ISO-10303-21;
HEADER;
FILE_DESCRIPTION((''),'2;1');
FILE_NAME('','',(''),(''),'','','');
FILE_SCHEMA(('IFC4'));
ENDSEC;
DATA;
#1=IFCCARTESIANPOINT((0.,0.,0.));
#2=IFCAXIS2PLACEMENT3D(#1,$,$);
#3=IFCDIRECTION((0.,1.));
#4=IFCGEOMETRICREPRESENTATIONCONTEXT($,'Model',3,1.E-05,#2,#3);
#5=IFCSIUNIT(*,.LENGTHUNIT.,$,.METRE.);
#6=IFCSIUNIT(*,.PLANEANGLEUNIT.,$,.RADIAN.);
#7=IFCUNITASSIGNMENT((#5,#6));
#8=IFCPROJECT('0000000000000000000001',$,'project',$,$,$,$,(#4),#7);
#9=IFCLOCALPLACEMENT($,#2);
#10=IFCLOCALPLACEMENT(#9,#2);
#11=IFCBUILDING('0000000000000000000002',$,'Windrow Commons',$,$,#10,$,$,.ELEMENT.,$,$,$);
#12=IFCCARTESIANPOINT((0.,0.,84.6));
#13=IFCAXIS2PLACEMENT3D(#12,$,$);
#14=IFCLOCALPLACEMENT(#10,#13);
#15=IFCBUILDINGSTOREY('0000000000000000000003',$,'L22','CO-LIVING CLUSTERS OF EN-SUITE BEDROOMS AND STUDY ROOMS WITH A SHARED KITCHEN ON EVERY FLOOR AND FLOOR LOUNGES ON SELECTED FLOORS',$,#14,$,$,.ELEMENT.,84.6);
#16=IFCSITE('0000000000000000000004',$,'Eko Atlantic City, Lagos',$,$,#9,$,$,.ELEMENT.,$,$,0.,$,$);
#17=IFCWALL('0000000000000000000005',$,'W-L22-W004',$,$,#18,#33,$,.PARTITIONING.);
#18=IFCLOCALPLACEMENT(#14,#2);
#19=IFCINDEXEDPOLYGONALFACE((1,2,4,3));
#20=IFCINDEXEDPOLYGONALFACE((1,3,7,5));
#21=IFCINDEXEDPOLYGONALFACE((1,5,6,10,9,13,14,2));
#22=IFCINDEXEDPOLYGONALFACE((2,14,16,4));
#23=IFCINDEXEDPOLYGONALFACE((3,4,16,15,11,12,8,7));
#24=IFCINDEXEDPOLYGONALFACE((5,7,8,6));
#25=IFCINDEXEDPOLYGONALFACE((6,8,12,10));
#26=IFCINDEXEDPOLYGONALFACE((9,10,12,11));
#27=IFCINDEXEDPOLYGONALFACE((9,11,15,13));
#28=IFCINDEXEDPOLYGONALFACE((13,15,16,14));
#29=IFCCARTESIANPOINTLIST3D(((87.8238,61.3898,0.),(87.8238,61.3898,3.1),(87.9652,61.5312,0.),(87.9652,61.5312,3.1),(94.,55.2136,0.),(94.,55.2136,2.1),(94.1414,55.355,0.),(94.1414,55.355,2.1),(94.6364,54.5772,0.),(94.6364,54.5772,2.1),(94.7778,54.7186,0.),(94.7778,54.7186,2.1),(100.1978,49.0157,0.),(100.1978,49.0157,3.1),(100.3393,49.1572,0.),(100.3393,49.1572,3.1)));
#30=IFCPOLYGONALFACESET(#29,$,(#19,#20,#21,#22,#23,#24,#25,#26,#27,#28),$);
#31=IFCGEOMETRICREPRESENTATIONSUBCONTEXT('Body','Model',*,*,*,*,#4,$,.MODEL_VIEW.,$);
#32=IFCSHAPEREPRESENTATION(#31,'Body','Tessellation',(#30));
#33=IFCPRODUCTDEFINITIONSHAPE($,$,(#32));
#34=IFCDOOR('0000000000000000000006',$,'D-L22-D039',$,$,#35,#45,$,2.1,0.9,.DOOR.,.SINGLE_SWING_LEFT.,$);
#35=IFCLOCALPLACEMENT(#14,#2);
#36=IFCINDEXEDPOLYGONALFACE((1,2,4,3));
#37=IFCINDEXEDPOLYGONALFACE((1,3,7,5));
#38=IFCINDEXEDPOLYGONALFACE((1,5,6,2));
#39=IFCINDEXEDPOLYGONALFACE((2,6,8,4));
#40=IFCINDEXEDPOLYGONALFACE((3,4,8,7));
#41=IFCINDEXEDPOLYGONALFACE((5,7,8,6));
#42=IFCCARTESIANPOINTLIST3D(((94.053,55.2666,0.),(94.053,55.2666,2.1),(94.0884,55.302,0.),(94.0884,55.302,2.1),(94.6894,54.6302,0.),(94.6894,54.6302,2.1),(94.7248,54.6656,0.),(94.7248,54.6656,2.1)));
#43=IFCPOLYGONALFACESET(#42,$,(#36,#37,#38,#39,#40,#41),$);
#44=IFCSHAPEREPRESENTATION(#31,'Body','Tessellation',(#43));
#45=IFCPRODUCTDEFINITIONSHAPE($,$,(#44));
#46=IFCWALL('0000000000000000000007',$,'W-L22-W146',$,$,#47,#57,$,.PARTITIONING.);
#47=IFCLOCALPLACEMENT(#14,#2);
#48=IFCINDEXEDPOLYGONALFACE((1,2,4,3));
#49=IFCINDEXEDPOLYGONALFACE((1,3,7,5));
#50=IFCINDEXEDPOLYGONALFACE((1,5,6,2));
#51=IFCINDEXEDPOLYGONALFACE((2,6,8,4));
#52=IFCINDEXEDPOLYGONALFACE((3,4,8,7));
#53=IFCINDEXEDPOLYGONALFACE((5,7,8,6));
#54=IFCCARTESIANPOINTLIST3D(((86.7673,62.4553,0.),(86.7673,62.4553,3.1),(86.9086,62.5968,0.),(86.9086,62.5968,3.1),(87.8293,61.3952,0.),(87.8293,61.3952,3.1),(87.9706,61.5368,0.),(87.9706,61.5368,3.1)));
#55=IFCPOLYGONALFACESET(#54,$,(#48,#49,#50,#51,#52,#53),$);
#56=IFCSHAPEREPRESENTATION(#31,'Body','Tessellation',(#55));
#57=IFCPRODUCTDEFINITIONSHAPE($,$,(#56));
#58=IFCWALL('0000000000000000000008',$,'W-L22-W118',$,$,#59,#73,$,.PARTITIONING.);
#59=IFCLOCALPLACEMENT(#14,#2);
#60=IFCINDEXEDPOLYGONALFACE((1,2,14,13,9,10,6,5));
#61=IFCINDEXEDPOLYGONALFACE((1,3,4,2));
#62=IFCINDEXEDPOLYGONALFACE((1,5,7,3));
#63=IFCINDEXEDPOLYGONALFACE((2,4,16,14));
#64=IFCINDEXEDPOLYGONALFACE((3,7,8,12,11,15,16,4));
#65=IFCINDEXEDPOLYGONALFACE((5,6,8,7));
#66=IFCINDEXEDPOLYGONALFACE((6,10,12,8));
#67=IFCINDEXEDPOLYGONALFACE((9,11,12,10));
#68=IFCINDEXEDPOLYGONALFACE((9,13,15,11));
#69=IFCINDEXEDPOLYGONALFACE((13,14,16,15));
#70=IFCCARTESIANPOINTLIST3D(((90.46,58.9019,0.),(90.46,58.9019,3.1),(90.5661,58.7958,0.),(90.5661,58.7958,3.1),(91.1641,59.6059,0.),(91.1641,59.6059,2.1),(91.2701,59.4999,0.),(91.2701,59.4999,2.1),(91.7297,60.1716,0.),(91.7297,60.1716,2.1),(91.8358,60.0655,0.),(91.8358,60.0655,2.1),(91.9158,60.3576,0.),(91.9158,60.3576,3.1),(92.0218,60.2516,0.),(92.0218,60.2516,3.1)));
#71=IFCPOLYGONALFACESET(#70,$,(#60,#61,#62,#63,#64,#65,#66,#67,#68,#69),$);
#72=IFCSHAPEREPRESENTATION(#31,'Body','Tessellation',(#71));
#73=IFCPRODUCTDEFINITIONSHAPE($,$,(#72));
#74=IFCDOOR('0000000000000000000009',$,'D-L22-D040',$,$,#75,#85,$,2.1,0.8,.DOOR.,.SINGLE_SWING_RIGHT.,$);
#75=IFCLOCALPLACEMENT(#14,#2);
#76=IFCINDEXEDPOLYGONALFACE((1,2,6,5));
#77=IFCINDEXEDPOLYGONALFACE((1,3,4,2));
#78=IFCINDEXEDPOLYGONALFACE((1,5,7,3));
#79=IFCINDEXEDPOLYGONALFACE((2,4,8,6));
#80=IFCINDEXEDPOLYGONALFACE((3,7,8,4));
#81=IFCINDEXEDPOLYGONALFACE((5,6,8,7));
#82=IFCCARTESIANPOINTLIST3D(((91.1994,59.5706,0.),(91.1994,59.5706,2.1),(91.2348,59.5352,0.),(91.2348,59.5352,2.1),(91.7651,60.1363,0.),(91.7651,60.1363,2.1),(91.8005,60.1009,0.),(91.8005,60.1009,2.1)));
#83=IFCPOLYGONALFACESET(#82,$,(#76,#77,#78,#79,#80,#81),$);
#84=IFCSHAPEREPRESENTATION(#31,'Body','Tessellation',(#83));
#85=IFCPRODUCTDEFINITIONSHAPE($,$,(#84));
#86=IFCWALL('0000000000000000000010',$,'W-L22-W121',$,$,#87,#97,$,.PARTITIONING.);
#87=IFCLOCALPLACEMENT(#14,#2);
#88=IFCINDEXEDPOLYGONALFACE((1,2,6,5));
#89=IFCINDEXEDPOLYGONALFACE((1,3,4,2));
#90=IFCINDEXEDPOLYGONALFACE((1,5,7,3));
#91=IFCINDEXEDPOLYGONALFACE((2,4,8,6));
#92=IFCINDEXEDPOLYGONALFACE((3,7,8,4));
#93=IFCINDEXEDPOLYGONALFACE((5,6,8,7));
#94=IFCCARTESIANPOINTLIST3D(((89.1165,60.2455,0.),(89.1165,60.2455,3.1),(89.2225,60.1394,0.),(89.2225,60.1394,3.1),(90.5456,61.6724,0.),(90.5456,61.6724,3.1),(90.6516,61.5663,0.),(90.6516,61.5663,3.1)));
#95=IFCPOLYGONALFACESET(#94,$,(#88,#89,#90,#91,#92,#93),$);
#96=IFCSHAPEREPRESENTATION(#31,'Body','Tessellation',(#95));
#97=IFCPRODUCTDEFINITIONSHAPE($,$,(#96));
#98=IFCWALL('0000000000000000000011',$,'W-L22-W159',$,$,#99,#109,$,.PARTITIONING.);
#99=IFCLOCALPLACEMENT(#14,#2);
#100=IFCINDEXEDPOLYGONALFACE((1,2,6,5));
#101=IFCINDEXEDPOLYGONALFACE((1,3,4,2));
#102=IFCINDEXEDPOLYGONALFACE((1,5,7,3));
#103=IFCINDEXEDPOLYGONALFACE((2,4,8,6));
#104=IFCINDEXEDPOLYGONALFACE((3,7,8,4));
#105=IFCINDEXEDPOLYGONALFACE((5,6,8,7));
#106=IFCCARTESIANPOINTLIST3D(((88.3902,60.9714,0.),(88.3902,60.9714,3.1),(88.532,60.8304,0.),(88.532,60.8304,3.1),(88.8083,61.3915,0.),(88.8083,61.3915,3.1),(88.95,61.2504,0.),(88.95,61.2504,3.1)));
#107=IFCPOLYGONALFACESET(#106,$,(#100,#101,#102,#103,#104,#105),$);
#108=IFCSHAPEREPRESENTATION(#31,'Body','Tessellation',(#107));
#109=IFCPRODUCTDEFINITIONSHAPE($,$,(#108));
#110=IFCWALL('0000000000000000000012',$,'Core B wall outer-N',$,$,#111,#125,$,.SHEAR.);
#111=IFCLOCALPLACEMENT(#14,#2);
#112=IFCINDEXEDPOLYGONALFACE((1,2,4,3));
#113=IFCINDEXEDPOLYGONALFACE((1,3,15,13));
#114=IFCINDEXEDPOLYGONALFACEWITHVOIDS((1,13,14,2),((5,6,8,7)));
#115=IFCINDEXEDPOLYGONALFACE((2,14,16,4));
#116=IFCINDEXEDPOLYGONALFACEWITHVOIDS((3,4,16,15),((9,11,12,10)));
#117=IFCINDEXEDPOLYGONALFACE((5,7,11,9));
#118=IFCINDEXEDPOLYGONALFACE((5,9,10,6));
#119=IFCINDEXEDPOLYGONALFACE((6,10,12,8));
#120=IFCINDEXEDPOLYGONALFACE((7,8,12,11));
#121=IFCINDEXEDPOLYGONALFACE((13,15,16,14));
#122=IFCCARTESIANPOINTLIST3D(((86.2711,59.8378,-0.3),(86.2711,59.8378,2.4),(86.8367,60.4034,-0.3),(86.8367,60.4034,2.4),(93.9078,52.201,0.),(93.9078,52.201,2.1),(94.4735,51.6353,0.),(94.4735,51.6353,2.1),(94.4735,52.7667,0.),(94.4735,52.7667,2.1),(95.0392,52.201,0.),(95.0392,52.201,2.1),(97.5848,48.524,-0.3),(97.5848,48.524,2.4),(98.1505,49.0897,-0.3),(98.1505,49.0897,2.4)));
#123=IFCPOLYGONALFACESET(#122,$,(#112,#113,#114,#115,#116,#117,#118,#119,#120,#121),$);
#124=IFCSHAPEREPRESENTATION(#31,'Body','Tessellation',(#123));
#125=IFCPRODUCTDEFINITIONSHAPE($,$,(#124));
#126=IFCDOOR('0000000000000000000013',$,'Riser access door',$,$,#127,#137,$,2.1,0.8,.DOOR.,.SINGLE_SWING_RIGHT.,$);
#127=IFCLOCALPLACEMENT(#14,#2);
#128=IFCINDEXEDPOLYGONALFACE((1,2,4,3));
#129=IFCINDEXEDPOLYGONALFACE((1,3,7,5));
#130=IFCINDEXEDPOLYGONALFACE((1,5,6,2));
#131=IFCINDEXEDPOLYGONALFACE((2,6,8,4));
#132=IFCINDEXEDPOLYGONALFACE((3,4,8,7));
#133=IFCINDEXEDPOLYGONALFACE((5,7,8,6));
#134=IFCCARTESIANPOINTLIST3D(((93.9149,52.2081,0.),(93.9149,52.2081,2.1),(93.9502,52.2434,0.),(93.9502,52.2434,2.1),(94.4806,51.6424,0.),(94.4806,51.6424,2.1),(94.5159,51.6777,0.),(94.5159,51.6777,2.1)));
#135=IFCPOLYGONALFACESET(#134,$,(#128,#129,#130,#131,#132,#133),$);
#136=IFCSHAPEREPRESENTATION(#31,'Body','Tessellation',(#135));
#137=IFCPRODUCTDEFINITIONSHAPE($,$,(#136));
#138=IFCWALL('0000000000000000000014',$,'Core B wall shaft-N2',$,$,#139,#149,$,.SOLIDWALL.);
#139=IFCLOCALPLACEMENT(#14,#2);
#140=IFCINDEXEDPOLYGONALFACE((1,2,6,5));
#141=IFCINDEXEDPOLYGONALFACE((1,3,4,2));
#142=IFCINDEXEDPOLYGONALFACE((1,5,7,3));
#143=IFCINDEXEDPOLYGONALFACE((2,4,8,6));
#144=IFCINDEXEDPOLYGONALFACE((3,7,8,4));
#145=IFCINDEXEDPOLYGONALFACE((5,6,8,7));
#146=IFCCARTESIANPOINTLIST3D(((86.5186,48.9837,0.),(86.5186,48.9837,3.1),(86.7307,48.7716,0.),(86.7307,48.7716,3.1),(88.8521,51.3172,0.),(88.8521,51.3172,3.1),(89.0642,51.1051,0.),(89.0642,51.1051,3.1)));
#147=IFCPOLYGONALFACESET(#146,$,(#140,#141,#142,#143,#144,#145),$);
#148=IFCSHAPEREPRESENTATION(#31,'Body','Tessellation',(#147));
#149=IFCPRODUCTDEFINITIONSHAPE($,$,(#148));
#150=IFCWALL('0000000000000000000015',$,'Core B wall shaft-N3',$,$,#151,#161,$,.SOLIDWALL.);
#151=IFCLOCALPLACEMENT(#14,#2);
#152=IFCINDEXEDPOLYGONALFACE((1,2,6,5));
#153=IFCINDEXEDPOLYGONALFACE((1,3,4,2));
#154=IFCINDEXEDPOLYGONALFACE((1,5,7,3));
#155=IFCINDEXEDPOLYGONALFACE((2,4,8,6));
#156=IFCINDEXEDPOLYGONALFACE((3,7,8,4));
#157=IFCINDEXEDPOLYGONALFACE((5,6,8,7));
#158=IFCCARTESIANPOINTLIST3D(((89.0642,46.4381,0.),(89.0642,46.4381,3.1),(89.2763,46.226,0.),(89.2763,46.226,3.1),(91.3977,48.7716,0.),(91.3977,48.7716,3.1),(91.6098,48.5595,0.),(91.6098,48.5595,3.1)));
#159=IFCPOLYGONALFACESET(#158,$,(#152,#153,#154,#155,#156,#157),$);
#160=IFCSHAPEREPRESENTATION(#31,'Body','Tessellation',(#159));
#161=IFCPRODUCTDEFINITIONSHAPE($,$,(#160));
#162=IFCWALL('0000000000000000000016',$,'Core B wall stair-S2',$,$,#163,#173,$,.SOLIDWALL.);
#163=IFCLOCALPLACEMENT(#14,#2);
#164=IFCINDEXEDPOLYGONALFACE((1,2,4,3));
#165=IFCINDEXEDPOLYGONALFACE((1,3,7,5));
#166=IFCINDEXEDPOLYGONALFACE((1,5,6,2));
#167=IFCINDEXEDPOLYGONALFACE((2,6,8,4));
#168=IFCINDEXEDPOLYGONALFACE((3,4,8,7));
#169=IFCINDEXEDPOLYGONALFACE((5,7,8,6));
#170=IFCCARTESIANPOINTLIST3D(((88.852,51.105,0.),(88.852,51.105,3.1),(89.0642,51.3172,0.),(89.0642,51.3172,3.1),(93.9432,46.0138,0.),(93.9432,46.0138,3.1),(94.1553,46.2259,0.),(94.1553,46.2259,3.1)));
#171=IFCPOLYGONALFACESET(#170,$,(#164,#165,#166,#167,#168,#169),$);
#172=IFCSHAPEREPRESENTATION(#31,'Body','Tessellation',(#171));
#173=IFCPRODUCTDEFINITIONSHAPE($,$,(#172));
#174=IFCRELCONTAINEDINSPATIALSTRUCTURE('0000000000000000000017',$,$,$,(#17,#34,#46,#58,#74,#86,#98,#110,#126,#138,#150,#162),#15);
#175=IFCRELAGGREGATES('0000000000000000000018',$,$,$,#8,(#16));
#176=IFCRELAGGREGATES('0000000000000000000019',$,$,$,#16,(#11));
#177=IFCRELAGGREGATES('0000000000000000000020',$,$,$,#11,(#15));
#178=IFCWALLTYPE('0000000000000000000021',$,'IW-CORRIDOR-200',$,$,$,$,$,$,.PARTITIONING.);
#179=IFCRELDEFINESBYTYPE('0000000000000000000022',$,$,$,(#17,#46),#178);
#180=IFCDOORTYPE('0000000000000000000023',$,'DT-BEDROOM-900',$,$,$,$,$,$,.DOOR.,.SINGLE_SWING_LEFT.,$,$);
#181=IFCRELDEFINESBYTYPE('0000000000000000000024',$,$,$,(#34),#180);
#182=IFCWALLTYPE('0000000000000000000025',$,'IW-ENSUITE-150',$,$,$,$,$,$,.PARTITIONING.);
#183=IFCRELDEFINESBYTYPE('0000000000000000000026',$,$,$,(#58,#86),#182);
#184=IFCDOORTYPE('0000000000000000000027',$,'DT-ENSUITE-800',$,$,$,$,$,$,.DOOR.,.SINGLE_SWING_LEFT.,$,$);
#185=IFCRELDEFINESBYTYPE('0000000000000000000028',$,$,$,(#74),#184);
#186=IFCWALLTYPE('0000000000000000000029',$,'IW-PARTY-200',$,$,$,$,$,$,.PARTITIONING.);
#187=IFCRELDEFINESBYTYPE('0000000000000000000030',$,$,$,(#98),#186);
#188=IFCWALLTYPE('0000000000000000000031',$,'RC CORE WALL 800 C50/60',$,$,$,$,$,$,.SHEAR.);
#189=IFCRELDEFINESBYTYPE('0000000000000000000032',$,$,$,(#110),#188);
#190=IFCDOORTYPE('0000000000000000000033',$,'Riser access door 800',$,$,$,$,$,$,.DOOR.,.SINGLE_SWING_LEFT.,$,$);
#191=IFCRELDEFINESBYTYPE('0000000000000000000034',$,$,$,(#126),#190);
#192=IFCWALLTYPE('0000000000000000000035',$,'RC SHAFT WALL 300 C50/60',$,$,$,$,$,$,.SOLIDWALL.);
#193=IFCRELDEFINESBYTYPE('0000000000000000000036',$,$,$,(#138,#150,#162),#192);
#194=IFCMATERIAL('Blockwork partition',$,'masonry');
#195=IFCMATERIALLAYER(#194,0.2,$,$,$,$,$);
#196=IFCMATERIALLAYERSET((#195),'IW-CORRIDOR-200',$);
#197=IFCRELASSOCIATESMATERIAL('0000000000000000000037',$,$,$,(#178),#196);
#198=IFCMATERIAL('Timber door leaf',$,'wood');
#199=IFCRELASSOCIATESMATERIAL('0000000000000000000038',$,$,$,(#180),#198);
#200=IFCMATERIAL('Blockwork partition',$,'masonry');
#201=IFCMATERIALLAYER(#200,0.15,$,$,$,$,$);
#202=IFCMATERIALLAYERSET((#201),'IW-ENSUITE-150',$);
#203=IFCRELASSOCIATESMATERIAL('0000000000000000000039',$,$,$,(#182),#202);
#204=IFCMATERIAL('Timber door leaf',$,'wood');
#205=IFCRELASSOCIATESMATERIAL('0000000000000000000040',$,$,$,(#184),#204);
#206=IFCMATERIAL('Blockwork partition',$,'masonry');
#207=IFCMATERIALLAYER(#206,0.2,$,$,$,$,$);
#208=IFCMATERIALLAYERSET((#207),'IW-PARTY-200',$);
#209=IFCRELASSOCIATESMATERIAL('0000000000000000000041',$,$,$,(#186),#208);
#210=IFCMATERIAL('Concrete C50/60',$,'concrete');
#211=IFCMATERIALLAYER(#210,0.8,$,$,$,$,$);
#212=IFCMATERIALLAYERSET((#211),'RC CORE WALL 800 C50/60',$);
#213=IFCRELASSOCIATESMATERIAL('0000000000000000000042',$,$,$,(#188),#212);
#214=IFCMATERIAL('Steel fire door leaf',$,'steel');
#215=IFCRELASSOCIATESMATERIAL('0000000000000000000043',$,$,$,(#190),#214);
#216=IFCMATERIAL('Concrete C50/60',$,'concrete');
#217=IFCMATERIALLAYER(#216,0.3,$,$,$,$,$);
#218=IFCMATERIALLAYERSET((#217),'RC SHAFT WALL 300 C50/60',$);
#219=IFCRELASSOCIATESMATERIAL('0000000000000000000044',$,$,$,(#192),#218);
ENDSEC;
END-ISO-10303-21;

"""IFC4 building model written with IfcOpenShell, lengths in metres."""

from ifc_helpers import new_model, si_unit, direction, frame, frame_2d, origin, place, context, subcontext, project, spatial, rectangle, extrude, material, layer, layer_set, type_object, element, fill, save


model = new_model("IFC4")

# Units and contexts
model_context = context("Model", 3, precision=1e-05, world=origin(), true_north=direction((0.0, 1.0)))
body_context = subcontext(model_context, "Body", "Model", "MODEL_VIEW")
ifc_project = project(units=[si_unit("LENGTHUNIT", "METRE"), si_unit("PLANEANGLEUNIT", "RADIAN")], contexts=[model_context])

# Site, building, storey
site_placement = place(None, origin())
site = spatial("IfcSite", under=ifc_project, at=site_placement, Name="Eko Atlantic City, Lagos", CompositionType="ELEMENT", RefElevation=0.0)
building_placement = place(site_placement, origin())
building = spatial("IfcBuilding", under=site, at=building_placement, Name="Windrow Commons", CompositionType="ELEMENT")
storey_placement = place(building_placement, frame((0.0, 0.0, 84.6)))
storey = spatial("IfcBuildingStorey", under=building, at=storey_placement, Name="L22", Description="CO-LIVING CLUSTERS OF EN-SUITE BEDROOMS AND STUDY ROOMS WITH A SHARED KITCHEN ON EVERY FLOOR AND FLOOR LOUNGES ON SELECTED FLOORS", CompositionType="ELEMENT", Elevation=84.6)

# Wall, opening, door
ifc_material_1 = material(Name="Blockwork partition", Category="masonry")
ifc_layer_1 = layer(ifc_material_1, 0.2)
ifc_layer_set_1 = layer_set([ifc_layer_1], Name="IW-CORRIDOR-200")
wall_type_1 = type_object("IfcWallType", Name="IW-CORRIDOR-200", PredefinedType="PARTITIONING", material=ifc_layer_set_1)
wall_1_placement = place(storey_placement, frame((87.8945, 61.4605, 0.0), z_axis=(0.0, 0.0, 1.0), x_axis=(0.707107, -0.707107, 0.0)))
wall_1 = element("IfcWall", 1, at=wall_1_placement, inside=storey, type_object=wall_type_1, Name="W-L22-W004", PredefinedType="PARTITIONING", context=body_context, shape_type="SweptSolid", body=[
    extrude(rectangle(XDim=17.4995, YDim=0.2, at=frame_2d((8.7498, 0.0))), origin(), (0.0, 0.0, 1.0), 3.1),
])
opening_1_placement = place(wall_1_placement, frame((8.7345, 0.0, 0.0)))
opening_1 = element("IfcOpeningElement", 2, at=opening_1_placement, cuts=wall_1, PredefinedType="OPENING", context=body_context, shape_type="SweptSolid", body=[
    extrude(rectangle(XDim=0.9, YDim=2.1, at=frame_2d((0.45, 1.05))), frame((0.0, 0.11, 0.0), z_axis=(0.0, -1.0, 0.0), x_axis=(1.0, 0.0, 0.0)), (0.0, 0.0, 1.0), 0.22),
])
ifc_material_2 = material(Name="Timber door leaf", Category="wood")
door_type_1 = type_object("IfcDoorType", Name="DT-BEDROOM-900", OperationType="SINGLE_SWING_LEFT", PredefinedType="DOOR", material=ifc_material_2)
door_1_placement = place(opening_1_placement, origin())
door_1 = element("IfcDoor", 3, at=door_1_placement, inside=storey, type_object=door_type_1, Name="D-L22-D039", OperationType="SINGLE_SWING_LEFT", OverallHeight=2.1, OverallWidth=0.9, PredefinedType="DOOR", context=body_context, shape_type="SweptSolid", body=[
    extrude(rectangle(XDim=0.9, YDim=2.1, at=frame_2d((0.45, 1.05))), frame((0.0, 0.025, 0.0), z_axis=(0.0, -1.0, 0.0), x_axis=(1.0, 0.0, 0.0)), (0.0, 0.0, 1.0), 0.05),
])
fill(opening_1, door_1)

# Wall
wall_2_placement = place(storey_placement, frame((86.838, 62.526, 0.0), z_axis=(0.0, 0.0, 1.0), x_axis=(0.707773, -0.70644, 0.0)))
element("IfcWall", 4, at=wall_2_placement, inside=storey, type_object=wall_type_1, Name="W-L22-W146", PredefinedType="PARTITIONING", context=body_context, shape_type="SweptSolid", body=[
    extrude(rectangle(XDim=1.5005, YDim=0.2, at=frame_2d((0.7502, 0.0))), origin(), (0.0, 0.0, 1.0), 3.1),
])

# Wall, opening, door
ifc_material_3 = material(Name="Blockwork partition", Category="masonry")
ifc_layer_2 = layer(ifc_material_3, 0.15)
ifc_layer_set_2 = layer_set([ifc_layer_2], Name="IW-ENSUITE-150")
wall_type_2 = type_object("IfcWallType", Name="IW-ENSUITE-150", PredefinedType="PARTITIONING", material=ifc_layer_set_2)
wall_3_placement = place(storey_placement, frame((90.5131, 58.8489, 0.0), z_axis=(0.0, 0.0, 1.0), x_axis=(0.707107, 0.707107, 0.0)))
wall_3 = element("IfcWall", 5, at=wall_3_placement, inside=storey, type_object=wall_type_2, Name="W-L22-W118", PredefinedType="PARTITIONING", context=body_context, shape_type="SweptSolid", body=[
    extrude(rectangle(XDim=2.0587, YDim=0.15, at=frame_2d((1.0293, 0.0))), origin(), (0.0, 0.0, 1.0), 3.1),
])
opening_2_placement = place(wall_3_placement, frame((0.9956, 0.0, 0.0)))
opening_2 = element("IfcOpeningElement", 6, at=opening_2_placement, cuts=wall_3, PredefinedType="OPENING", context=body_context, shape_type="SweptSolid", body=[
    extrude(rectangle(XDim=0.8, YDim=2.1, at=frame_2d((0.4, 1.05))), frame((0.0, 0.085, 0.0), z_axis=(0.0, -1.0, 0.0), x_axis=(1.0, 0.0, 0.0)), (0.0, 0.0, 1.0), 0.17),
])
ifc_material_4 = material(Name="Timber door leaf", Category="wood")
door_type_2 = type_object("IfcDoorType", Name="DT-ENSUITE-800", OperationType="SINGLE_SWING_LEFT", PredefinedType="DOOR", material=ifc_material_4)
door_2_placement = place(opening_2_placement, origin())
door_2 = element("IfcDoor", 7, at=door_2_placement, inside=storey, type_object=door_type_2, Name="D-L22-D040", OperationType="SINGLE_SWING_RIGHT", OverallHeight=2.1, OverallWidth=0.8, PredefinedType="DOOR", context=body_context, shape_type="SweptSolid", body=[
    extrude(rectangle(XDim=0.8, YDim=2.1, at=frame_2d((0.4, 1.05))), frame((0.0, 0.025, 0.0), z_axis=(0.0, -1.0, 0.0), x_axis=(1.0, 0.0, 0.0)), (0.0, 0.0, 1.0), 0.05),
])
fill(opening_2, door_2)

# Walls
wall_4_placement = place(storey_placement, frame((89.1695, 60.1925, 0.0), z_axis=(0.0, 0.0, 1.0), x_axis=(0.707651, 0.706562, 0.0)))
element("IfcWall", 8, at=wall_4_placement, inside=storey, type_object=wall_type_2, Name="W-L22-W121", PredefinedType="PARTITIONING", context=body_context, shape_type="SweptSolid", body=[
    extrude(rectangle(XDim=2.0195, YDim=0.15, at=frame_2d((1.0097, 0.0))), origin(), (0.0, 0.0, 1.0), 3.1),
])
ifc_material_5 = material(Name="Blockwork partition", Category="masonry")
ifc_layer_3 = layer(ifc_material_5, 0.2)
ifc_layer_set_3 = layer_set([ifc_layer_3], Name="IW-PARTY-200")
wall_type_3 = type_object("IfcWallType", Name="IW-PARTY-200", PredefinedType="PARTITIONING", material=ifc_layer_set_3)
wall_5_placement = place(storey_placement, frame((88.4611, 60.9009, 0.0), z_axis=(0.0, 0.0, 1.0), x_axis=(0.705417, 0.708792, 0.0)))
element("IfcWall", 9, at=wall_5_placement, inside=storey, type_object=wall_type_3, Name="W-L22-W159", PredefinedType="PARTITIONING", context=body_context, shape_type="SweptSolid", body=[
    extrude(rectangle(XDim=0.5926, YDim=0.2, at=frame_2d((0.2963, 0.0))), origin(), (0.0, 0.0, 1.0), 3.1),
])

# Wall, opening, door
ifc_material_6 = material(Name="Concrete C50/60", Category="concrete")
ifc_layer_4 = layer(ifc_material_6, 0.8)
ifc_layer_set_4 = layer_set([ifc_layer_4], Name="RC CORE WALL 800 C50/60")
wall_type_4 = type_object("IfcWallType", Name="RC CORE WALL 800 C50/60", PredefinedType="SHEAR", material=ifc_layer_set_4)
wall_6_placement = place(storey_placement, frame((86.5539, 60.1206, -0.3), z_axis=(0.0, 0.0, 1.0), x_axis=(0.707107, -0.707107, 0.0)))
wall_6 = element("IfcWall", 10, at=wall_6_placement, inside=storey, type_object=wall_type_4, Name="Core B wall outer-N", PredefinedType="SHEAR", context=body_context, shape_type="SweptSolid", body=[
    extrude(rectangle(XDim=16.0, YDim=0.8, at=frame_2d((8.0, 0.0))), origin(), (0.0, 0.0, 1.0), 2.7),
])
opening_3_placement = place(wall_6_placement, frame((10.8, 0.0, 0.3)))
opening_3 = element("IfcOpeningElement", 11, at=opening_3_placement, cuts=wall_6, PredefinedType="OPENING", context=body_context, shape_type="SweptSolid", body=[
    extrude(rectangle(XDim=0.8, YDim=2.1, at=frame_2d((0.4, 1.05))), frame((0.0, 0.41, 0.0), z_axis=(0.0, -1.0, 0.0), x_axis=(1.0, 0.0, 0.0)), (0.0, 0.0, 1.0), 0.82),
])
ifc_material_7 = material(Name="Steel fire door leaf", Category="steel")
door_type_3 = type_object("IfcDoorType", Name="Riser access door 800", OperationType="SINGLE_SWING_LEFT", PredefinedType="DOOR", material=ifc_material_7)
door_3_placement = place(opening_3_placement, origin())
door_3 = element("IfcDoor", 12, at=door_3_placement, inside=storey, type_object=door_type_3, Name="Riser access door", OperationType="SINGLE_SWING_RIGHT", OverallHeight=2.1, OverallWidth=0.8, PredefinedType="DOOR", context=body_context, shape_type="SweptSolid", body=[
    extrude(rectangle(XDim=0.8, YDim=2.1, at=frame_2d((0.4, 1.05))), frame((0.0, -0.34, 0.0), z_axis=(0.0, -1.0, 0.0), x_axis=(1.0, 0.0, 0.0)), (0.0, 0.0, 1.0), 0.05),
])
fill(opening_3, door_3)

# Walls
ifc_material_8 = material(Name="Concrete C50/60", Category="concrete")
ifc_layer_5 = layer(ifc_material_8, 0.3)
ifc_layer_set_5 = layer_set([ifc_layer_5], Name="RC SHAFT WALL 300 C50/60")
wall_type_5 = type_object("IfcWallType", Name="RC SHAFT WALL 300 C50/60", PredefinedType="SOLIDWALL", material=ifc_layer_set_5)
for number, where, z_axis, x_axis, name in (
    (13, (86.6246, 48.8776, 0.0), (0.0, 0.0, 1.0), (0.707107, 0.707107, 0.0), "Core B wall shaft-N2"),
    (14, (89.1702, 46.332, 0.0), (0.0, 0.0, 1.0), (0.707107, 0.707107, 0.0), "Core B wall shaft-N3"),
):
    element("IfcWall", number, at=place(storey_placement, frame(where, z_axis=z_axis, x_axis=x_axis)), inside=storey, type_object=wall_type_5, Name=name, PredefinedType="SOLIDWALL", context=body_context, shape_type="SweptSolid", body=[
        extrude(rectangle(XDim=3.3001, YDim=0.3, at=frame_2d((1.6501, 0.0))), origin(), (0.0, 0.0, 1.0), 3.1),
    ])
wall_7_placement = place(storey_placement, frame((88.9581, 51.2111, 0.0), z_axis=(0.0, 0.0, 1.0), x_axis=(0.7071, -0.707114, 0.0)))
element("IfcWall", 15, at=wall_7_placement, inside=storey, type_object=wall_type_5, Name="Core B wall stair-S2", PredefinedType="SOLIDWALL", context=body_context, shape_type="SweptSolid", body=[
    extrude(rectangle(XDim=7.2, YDim=0.3, at=frame_2d((3.6, 0.0))), origin(), (0.0, 0.0, 1.0), 3.1),
])

save(model, "model.ifc")
